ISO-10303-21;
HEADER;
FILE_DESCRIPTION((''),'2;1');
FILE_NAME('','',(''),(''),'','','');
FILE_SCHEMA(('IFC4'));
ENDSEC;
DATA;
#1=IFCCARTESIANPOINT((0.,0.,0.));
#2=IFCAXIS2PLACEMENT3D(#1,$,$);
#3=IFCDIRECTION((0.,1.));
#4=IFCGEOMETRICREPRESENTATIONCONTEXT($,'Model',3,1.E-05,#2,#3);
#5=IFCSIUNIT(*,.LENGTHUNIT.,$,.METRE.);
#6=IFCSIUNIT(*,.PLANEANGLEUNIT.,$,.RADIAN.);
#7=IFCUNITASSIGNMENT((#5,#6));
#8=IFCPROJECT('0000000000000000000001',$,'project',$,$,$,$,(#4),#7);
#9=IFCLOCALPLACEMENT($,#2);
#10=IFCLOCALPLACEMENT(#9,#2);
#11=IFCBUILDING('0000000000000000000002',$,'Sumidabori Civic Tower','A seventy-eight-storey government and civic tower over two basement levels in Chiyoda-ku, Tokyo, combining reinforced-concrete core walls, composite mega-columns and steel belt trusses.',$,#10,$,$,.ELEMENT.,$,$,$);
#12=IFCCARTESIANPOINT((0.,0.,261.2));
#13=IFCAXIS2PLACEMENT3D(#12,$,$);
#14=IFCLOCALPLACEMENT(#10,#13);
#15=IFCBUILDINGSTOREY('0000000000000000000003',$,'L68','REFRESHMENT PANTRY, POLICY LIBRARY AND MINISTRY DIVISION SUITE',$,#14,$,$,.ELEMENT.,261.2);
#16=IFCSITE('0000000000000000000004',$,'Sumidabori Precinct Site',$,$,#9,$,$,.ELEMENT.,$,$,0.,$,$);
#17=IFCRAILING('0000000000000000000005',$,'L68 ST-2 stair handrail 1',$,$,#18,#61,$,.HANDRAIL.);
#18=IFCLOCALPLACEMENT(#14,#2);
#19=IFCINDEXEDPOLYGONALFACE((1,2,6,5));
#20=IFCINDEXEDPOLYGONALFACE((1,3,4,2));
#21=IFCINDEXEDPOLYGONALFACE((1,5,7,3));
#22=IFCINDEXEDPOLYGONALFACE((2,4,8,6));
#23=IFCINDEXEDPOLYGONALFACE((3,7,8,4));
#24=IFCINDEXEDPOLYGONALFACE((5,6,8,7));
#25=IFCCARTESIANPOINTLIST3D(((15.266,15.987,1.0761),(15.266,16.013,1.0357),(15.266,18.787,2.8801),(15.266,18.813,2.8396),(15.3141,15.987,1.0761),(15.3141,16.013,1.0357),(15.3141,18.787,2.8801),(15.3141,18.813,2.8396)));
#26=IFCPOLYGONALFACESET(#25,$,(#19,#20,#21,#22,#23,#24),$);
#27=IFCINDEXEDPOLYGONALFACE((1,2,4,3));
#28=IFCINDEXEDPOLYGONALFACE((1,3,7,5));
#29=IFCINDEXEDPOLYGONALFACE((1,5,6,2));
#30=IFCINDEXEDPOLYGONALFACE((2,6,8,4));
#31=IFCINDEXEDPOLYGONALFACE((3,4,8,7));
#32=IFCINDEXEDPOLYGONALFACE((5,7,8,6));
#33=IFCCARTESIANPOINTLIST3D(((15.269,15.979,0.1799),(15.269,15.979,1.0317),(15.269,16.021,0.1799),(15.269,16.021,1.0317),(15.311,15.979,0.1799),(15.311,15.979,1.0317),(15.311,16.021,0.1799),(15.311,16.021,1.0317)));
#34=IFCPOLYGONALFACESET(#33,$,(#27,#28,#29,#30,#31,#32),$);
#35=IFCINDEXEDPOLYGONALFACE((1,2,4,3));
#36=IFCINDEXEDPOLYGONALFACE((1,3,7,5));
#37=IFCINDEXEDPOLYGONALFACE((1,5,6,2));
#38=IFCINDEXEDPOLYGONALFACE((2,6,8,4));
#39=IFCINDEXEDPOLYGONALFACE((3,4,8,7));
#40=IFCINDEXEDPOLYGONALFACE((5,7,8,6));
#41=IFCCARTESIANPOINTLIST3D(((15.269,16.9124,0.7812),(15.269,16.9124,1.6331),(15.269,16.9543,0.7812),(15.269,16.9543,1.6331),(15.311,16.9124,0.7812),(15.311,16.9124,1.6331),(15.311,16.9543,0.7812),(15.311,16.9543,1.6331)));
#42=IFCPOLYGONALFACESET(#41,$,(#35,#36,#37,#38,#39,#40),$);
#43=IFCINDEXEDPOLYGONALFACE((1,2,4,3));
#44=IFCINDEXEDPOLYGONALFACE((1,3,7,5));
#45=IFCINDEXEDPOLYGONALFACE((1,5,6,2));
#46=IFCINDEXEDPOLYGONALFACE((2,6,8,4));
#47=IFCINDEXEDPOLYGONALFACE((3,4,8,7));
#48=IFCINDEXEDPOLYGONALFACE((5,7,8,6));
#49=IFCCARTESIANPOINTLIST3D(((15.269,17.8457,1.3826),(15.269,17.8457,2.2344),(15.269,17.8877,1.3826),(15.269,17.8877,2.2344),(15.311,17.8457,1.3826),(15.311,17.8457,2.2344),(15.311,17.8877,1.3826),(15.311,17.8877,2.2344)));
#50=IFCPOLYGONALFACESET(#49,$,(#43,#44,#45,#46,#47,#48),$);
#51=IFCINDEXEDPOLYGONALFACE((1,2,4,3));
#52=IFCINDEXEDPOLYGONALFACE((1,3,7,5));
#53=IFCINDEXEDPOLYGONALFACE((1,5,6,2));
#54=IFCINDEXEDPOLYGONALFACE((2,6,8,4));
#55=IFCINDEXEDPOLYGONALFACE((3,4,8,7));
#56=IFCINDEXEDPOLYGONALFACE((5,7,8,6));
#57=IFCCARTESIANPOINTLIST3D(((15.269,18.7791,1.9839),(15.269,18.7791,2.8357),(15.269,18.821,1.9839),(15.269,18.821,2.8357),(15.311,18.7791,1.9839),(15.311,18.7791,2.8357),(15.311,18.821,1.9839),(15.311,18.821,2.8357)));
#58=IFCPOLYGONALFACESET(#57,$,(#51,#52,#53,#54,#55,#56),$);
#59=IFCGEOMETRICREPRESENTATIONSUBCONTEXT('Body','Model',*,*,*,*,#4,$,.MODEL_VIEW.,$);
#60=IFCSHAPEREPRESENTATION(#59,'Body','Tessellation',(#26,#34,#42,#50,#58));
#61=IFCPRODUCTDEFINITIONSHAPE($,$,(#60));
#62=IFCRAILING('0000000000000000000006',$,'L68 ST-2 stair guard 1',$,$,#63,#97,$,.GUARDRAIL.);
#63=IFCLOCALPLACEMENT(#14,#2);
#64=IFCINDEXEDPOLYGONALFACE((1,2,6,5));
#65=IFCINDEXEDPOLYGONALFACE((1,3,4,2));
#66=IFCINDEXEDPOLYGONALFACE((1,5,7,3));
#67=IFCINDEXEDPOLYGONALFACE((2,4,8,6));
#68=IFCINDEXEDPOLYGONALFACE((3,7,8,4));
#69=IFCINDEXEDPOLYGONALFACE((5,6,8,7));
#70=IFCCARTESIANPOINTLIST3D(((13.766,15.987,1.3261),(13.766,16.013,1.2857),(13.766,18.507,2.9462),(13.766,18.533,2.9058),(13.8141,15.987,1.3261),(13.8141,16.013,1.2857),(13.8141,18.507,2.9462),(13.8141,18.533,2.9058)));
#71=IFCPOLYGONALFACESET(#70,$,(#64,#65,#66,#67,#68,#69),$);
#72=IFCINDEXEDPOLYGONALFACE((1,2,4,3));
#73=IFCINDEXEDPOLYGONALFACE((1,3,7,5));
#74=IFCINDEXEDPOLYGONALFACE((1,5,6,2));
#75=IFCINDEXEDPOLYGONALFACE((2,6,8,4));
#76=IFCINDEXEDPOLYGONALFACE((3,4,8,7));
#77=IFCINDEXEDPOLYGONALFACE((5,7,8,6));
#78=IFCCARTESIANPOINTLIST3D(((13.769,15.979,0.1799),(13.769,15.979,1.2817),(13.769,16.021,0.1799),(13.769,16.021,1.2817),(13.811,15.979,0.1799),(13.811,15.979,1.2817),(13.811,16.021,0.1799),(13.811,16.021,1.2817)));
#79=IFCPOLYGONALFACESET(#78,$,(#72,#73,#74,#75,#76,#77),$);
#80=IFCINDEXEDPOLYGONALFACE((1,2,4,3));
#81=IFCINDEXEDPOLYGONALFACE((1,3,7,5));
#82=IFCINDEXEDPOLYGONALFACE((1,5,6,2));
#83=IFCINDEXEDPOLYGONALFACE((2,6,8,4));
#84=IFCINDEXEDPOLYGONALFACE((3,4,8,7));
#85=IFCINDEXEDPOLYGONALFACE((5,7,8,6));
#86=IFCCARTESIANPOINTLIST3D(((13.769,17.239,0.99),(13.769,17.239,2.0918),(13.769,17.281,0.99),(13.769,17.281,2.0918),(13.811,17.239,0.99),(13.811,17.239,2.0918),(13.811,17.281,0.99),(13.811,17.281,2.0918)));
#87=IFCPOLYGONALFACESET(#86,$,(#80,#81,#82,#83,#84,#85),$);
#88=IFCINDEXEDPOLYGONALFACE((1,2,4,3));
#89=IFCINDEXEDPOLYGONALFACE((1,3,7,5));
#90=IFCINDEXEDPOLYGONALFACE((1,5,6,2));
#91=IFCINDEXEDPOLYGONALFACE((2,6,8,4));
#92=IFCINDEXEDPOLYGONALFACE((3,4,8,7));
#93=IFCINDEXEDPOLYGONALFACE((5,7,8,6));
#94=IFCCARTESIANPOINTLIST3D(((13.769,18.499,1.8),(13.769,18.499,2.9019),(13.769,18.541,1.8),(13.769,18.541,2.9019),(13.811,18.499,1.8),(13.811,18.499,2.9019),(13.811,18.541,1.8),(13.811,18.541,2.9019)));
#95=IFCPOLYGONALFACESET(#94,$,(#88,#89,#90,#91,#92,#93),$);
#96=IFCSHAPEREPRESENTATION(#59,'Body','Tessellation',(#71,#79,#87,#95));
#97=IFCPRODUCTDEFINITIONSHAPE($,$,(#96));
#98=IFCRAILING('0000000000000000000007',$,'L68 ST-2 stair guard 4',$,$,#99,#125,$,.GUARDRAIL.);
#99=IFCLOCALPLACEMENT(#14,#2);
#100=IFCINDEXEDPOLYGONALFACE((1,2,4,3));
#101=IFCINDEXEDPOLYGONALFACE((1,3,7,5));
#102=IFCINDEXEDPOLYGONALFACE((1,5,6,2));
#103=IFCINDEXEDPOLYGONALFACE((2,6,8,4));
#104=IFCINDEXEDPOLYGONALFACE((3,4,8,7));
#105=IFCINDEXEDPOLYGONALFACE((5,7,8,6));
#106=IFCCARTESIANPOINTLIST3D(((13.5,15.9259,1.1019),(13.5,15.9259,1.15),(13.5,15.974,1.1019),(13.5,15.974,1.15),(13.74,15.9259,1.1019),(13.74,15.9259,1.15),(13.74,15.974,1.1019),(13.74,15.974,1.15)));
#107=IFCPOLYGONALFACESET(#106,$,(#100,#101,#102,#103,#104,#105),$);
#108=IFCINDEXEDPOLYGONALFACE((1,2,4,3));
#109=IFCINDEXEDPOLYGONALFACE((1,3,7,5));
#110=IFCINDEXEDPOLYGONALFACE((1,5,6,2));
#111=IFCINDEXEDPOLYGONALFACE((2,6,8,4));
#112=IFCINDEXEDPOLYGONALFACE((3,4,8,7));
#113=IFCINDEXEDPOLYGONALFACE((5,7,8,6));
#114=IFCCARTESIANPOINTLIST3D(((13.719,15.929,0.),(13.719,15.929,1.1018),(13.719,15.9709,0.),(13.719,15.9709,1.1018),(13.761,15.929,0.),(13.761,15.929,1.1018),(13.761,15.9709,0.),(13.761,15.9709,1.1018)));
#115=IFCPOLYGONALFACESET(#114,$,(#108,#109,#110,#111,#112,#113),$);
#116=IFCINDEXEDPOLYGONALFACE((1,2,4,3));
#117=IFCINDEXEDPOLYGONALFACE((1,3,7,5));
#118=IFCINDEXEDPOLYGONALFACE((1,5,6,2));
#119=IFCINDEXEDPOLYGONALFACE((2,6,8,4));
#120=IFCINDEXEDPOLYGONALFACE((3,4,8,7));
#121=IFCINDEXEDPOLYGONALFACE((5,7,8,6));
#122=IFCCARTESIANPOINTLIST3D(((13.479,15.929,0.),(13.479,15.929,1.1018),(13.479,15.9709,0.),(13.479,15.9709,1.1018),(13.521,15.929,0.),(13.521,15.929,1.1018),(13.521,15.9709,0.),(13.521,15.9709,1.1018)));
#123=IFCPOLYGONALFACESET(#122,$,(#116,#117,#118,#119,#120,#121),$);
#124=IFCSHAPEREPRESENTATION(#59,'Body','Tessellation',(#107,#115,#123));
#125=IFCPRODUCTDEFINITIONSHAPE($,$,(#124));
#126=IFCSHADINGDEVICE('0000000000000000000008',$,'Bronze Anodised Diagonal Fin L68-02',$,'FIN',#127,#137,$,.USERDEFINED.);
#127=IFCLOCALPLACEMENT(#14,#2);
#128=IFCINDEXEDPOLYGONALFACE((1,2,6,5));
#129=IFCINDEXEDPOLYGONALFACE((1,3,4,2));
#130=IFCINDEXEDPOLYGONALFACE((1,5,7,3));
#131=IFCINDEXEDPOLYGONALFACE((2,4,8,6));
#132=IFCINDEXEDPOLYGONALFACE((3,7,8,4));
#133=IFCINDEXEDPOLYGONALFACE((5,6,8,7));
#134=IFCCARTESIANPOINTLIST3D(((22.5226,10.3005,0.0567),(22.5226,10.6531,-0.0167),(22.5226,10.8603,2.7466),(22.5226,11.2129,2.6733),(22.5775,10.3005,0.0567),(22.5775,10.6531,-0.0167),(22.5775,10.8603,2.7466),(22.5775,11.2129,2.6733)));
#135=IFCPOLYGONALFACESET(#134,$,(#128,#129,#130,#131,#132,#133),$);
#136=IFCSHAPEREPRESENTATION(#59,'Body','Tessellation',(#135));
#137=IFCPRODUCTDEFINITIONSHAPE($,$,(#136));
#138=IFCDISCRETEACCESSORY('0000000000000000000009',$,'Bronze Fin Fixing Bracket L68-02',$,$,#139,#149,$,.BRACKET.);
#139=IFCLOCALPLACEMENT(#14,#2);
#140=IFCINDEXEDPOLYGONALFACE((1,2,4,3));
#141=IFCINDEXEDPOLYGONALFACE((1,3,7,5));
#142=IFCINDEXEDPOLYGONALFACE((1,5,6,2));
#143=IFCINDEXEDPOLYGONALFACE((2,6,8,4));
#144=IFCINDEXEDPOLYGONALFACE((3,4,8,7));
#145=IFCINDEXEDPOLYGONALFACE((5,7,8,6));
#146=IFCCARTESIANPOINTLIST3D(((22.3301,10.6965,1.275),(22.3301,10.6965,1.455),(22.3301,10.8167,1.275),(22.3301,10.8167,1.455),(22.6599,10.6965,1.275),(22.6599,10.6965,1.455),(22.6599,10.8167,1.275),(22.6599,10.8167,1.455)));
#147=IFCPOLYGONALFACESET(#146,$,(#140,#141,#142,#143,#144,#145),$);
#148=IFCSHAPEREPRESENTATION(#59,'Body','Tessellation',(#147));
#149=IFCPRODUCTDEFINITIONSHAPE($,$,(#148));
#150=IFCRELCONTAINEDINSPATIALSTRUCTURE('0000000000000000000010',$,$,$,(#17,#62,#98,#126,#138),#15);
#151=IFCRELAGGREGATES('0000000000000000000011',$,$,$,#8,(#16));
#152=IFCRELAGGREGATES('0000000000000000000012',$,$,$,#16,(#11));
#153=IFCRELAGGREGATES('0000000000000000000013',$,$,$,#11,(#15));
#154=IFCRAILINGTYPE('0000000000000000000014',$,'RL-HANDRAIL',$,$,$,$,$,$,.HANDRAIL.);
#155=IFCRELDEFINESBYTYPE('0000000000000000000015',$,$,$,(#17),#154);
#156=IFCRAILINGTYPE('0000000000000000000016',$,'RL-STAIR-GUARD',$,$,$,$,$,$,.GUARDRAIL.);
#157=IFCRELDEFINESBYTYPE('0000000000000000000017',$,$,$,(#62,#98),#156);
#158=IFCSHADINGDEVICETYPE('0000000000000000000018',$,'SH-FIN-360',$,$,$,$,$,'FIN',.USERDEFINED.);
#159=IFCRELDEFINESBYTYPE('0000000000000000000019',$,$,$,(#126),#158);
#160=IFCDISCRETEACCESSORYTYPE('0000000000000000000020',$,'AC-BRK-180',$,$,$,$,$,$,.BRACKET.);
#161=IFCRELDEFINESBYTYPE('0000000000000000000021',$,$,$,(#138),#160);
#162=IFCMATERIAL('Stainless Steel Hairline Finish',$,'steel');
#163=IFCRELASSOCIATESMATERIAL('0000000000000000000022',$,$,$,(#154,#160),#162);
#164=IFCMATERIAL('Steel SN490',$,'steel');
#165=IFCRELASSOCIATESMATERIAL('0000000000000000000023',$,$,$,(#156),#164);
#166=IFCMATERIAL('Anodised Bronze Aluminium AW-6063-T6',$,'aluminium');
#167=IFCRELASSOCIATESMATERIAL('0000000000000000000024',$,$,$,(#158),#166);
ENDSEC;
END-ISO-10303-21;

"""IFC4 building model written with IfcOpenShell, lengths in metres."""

from ifc_helpers import new_model, si_unit, direction, frame, origin, origin_2d, place, context, subcontext, project, spatial, rectangle, extrude, source, transform, mapped, material, material_profile, profile_set, type_object, element, save


model = new_model("IFC4")

# Units and contexts
model_context = context("Model", 3, precision=1e-05, world=origin(), true_north=direction((0.0, 1.0)))
body_context = subcontext(model_context, "Body", "Model", "MODEL_VIEW")
ifc_project = project(units=[si_unit("LENGTHUNIT", "METRE"), si_unit("PLANEANGLEUNIT", "RADIAN")], contexts=[model_context])

# Site, building, storey
site_placement = place(None, origin())
site = spatial("IfcSite", under=ifc_project, at=site_placement, Name="Sumidabori Precinct Site", CompositionType="ELEMENT", RefElevation=0.0)
building_placement = place(site_placement, origin())
building = spatial("IfcBuilding", under=site, at=building_placement, Name="Sumidabori Civic Tower", Description="A seventy-eight-storey government and civic tower over two basement levels in Chiyoda-ku, Tokyo, combining reinforced-concrete core walls, composite mega-columns and steel belt trusses.", CompositionType="ELEMENT")
storey_placement = place(building_placement, frame((0.0, 0.0, 261.2)))
storey = spatial("IfcBuildingStorey", under=building, at=storey_placement, Name="L68", Description="REFRESHMENT PANTRY, POLICY LIBRARY AND MINISTRY DIVISION SUITE", CompositionType="ELEMENT", Elevation=261.2)

# Shared definitions
ifc_material_1 = material(Name="Steel SN490", Category="steel")

# Shared definitions
ifc_material_2 = material(Name="Anodised Bronze Aluminium AW-6063-T6", Category="aluminium")

# Shared definitions
ifc_material_3 = material(Name="Stainless Steel Hairline Finish", Category="steel")

# Railings
railing_type_1 = type_object("IfcRailingType", Name="RL-HANDRAIL", PredefinedType="HANDRAIL", material=ifc_material_3)
railing_1_placement = place(storey_placement, frame((15.29, 16.0, 0.1799)))
element("IfcRailing", 1, at=railing_1_placement, inside=storey, type_object=railing_type_1, Name="L68 ST-2 stair handrail 1", PredefinedType="HANDRAIL", context=body_context, shape_type="SweptSolid", body=[
    extrude(rectangle(XDim=0.0481, YDim=0.0481, at=origin_2d()), frame((0.0, 0.0, 0.876), z_axis=(0.0, 0.840642, 0.541591), x_axis=(-1.0, 0.0, 0.0)), (0.0, 0.0, 1.0), 3.3308),
    extrude(rectangle(XDim=0.042, YDim=0.042, at=origin_2d()), origin(), (0.0, 0.0, 1.0), 0.8518),
    extrude(rectangle(XDim=0.042, YDim=0.042, at=origin_2d()), frame((0.0, 0.9333, 0.6013)), (0.0, 0.0, 1.0), 0.8518),
    extrude(rectangle(XDim=0.042, YDim=0.042, at=origin_2d()), frame((0.0, 1.8667, 1.2026)), (0.0, 0.0, 1.0), 0.8518),
    extrude(rectangle(XDim=0.042, YDim=0.042, at=origin_2d()), frame((0.0, 2.8, 1.804)), (0.0, 0.0, 1.0), 0.8518),
])
railing_type_2 = type_object("IfcRailingType", Name="RL-STAIR-GUARD", PredefinedType="GUARDRAIL", material=ifc_material_1)
railing_2_placement = place(storey_placement, frame((13.79, 16.0, 0.1799)))
element("IfcRailing", 2, at=railing_2_placement, inside=storey, type_object=railing_type_2, Name="L68 ST-2 stair guard 1", PredefinedType="GUARDRAIL", context=body_context, shape_type="SweptSolid", body=[
    extrude(rectangle(XDim=0.0481, YDim=0.0481, at=origin_2d()), frame((0.0, 0.0, 1.126), z_axis=(0.0, 0.841163, 0.540782), x_axis=(-1.0, 0.0, 0.0)), (0.0, 0.0, 1.0), 2.9958),
    extrude(rectangle(XDim=0.042, YDim=0.042, at=origin_2d()), origin(), (0.0, 0.0, 1.0), 1.1018),
    extrude(rectangle(XDim=0.042, YDim=0.042, at=origin_2d()), frame((0.0, 1.26, 0.8101)), (0.0, 0.0, 1.0), 1.1018),
    extrude(rectangle(XDim=0.042, YDim=0.042, at=origin_2d()), frame((0.0, 2.52, 1.6201)), (0.0, 0.0, 1.0), 1.1018),
])
railing_3_placement = place(storey_placement, frame((13.74, 15.95, 0.0)))
element("IfcRailing", 3, at=railing_3_placement, inside=storey, type_object=railing_type_2, Name="L68 ST-2 stair guard 4", PredefinedType="GUARDRAIL", context=body_context, shape_type="SweptSolid", body=[
    extrude(rectangle(XDim=0.0481, YDim=0.0481, at=origin_2d()), frame((0.0, 0.0, 1.126), z_axis=(-1.0, 0.0, 0.0), x_axis=(0.0, -1.0, 0.0)), (0.0, 0.0, 1.0), 0.24),
    extrude(rectangle(XDim=0.042, YDim=0.042, at=origin_2d()), origin(), (0.0, 0.0, 1.0), 1.1018),
    extrude(rectangle(XDim=0.042, YDim=0.042, at=origin_2d()), frame((-0.24, 0.0, 0.0)), (0.0, 0.0, 1.0), 1.1018),
])

# Shading device
ifc_material_profile_1 = material_profile(ifc_material_2, rectangle(XDim=0.0549, YDim=0.3601, at=origin_2d()), Name="BRONZE FIN 360x55")
ifc_profile_set_1 = profile_set([ifc_material_profile_1], Name="Anodised Bronze Aluminium AW-6063-T6")
shading_device_type = type_object("IfcShadingDeviceType", Name="SH-FIN-360", ElementType="FIN", PredefinedType="USERDEFINED", material=ifc_profile_set_1)
shared_shape_1 = source(origin(), body_context, "Body", "SweptSolid", [
    extrude(rectangle(XDim=0.0549, YDim=0.3601, at=origin_2d()), origin(), (0.0, 0.0, 1.0), 2.7476),
])
shading_device_placement = place(storey_placement, frame((22.55, 10.4768, 0.02), z_axis=(0.0, 0.203748, 0.979023), x_axis=(-1.0, 0.0, 0.0)))
element("IfcShadingDevice", 4, at=shading_device_placement, inside=storey, type_object=shading_device_type, Name="Bronze Anodised Diagonal Fin L68-02", ObjectType="FIN", PredefinedType="USERDEFINED", context=body_context, shape_type="MappedRepresentation", body=[
    mapped(shared_shape_1, transform((0.0, 0.0, 0.0), x_axis=(1.0, 0.0, 0.0), y_axis=(0.0, 1.0, 0.0), z_axis=(0.0, 0.0, 1.0), scale=1.0)),
])

# Discrete accessory
ifc_material_profile_2 = material_profile(ifc_material_3, rectangle(XDim=0.1201, YDim=0.1799, at=origin_2d()), Name="STEEL BRACKET 180x120")
ifc_profile_set_2 = profile_set([ifc_material_profile_2], Name="Stainless Steel Hairline Finish")
discrete_accessory_type = type_object("IfcDiscreteAccessoryType", Name="AC-BRK-180", PredefinedType="BRACKET", material=ifc_profile_set_2)
shared_shape_2 = source(origin(), body_context, "Body", "SweptSolid", [
    extrude(rectangle(XDim=0.1201, YDim=0.1799, at=origin_2d()), origin(), (0.0, 0.0, 1.0), 0.3298),
])
discrete_accessory_placement = place(storey_placement, frame((22.3301, 10.7566, 1.365), z_axis=(1.0, 0.0, 0.0), x_axis=(0.0, 1.0, 0.0)))
element("IfcDiscreteAccessory", 5, at=discrete_accessory_placement, inside=storey, type_object=discrete_accessory_type, Name="Bronze Fin Fixing Bracket L68-02", PredefinedType="BRACKET", context=body_context, shape_type="MappedRepresentation", body=[
    mapped(shared_shape_2, transform((0.0, 0.0, 0.0), x_axis=(1.0, 0.0, 0.0), y_axis=(0.0, 1.0, 0.0), z_axis=(0.0, 0.0, 1.0), scale=1.0)),
])

save(model, "model.ifc")
